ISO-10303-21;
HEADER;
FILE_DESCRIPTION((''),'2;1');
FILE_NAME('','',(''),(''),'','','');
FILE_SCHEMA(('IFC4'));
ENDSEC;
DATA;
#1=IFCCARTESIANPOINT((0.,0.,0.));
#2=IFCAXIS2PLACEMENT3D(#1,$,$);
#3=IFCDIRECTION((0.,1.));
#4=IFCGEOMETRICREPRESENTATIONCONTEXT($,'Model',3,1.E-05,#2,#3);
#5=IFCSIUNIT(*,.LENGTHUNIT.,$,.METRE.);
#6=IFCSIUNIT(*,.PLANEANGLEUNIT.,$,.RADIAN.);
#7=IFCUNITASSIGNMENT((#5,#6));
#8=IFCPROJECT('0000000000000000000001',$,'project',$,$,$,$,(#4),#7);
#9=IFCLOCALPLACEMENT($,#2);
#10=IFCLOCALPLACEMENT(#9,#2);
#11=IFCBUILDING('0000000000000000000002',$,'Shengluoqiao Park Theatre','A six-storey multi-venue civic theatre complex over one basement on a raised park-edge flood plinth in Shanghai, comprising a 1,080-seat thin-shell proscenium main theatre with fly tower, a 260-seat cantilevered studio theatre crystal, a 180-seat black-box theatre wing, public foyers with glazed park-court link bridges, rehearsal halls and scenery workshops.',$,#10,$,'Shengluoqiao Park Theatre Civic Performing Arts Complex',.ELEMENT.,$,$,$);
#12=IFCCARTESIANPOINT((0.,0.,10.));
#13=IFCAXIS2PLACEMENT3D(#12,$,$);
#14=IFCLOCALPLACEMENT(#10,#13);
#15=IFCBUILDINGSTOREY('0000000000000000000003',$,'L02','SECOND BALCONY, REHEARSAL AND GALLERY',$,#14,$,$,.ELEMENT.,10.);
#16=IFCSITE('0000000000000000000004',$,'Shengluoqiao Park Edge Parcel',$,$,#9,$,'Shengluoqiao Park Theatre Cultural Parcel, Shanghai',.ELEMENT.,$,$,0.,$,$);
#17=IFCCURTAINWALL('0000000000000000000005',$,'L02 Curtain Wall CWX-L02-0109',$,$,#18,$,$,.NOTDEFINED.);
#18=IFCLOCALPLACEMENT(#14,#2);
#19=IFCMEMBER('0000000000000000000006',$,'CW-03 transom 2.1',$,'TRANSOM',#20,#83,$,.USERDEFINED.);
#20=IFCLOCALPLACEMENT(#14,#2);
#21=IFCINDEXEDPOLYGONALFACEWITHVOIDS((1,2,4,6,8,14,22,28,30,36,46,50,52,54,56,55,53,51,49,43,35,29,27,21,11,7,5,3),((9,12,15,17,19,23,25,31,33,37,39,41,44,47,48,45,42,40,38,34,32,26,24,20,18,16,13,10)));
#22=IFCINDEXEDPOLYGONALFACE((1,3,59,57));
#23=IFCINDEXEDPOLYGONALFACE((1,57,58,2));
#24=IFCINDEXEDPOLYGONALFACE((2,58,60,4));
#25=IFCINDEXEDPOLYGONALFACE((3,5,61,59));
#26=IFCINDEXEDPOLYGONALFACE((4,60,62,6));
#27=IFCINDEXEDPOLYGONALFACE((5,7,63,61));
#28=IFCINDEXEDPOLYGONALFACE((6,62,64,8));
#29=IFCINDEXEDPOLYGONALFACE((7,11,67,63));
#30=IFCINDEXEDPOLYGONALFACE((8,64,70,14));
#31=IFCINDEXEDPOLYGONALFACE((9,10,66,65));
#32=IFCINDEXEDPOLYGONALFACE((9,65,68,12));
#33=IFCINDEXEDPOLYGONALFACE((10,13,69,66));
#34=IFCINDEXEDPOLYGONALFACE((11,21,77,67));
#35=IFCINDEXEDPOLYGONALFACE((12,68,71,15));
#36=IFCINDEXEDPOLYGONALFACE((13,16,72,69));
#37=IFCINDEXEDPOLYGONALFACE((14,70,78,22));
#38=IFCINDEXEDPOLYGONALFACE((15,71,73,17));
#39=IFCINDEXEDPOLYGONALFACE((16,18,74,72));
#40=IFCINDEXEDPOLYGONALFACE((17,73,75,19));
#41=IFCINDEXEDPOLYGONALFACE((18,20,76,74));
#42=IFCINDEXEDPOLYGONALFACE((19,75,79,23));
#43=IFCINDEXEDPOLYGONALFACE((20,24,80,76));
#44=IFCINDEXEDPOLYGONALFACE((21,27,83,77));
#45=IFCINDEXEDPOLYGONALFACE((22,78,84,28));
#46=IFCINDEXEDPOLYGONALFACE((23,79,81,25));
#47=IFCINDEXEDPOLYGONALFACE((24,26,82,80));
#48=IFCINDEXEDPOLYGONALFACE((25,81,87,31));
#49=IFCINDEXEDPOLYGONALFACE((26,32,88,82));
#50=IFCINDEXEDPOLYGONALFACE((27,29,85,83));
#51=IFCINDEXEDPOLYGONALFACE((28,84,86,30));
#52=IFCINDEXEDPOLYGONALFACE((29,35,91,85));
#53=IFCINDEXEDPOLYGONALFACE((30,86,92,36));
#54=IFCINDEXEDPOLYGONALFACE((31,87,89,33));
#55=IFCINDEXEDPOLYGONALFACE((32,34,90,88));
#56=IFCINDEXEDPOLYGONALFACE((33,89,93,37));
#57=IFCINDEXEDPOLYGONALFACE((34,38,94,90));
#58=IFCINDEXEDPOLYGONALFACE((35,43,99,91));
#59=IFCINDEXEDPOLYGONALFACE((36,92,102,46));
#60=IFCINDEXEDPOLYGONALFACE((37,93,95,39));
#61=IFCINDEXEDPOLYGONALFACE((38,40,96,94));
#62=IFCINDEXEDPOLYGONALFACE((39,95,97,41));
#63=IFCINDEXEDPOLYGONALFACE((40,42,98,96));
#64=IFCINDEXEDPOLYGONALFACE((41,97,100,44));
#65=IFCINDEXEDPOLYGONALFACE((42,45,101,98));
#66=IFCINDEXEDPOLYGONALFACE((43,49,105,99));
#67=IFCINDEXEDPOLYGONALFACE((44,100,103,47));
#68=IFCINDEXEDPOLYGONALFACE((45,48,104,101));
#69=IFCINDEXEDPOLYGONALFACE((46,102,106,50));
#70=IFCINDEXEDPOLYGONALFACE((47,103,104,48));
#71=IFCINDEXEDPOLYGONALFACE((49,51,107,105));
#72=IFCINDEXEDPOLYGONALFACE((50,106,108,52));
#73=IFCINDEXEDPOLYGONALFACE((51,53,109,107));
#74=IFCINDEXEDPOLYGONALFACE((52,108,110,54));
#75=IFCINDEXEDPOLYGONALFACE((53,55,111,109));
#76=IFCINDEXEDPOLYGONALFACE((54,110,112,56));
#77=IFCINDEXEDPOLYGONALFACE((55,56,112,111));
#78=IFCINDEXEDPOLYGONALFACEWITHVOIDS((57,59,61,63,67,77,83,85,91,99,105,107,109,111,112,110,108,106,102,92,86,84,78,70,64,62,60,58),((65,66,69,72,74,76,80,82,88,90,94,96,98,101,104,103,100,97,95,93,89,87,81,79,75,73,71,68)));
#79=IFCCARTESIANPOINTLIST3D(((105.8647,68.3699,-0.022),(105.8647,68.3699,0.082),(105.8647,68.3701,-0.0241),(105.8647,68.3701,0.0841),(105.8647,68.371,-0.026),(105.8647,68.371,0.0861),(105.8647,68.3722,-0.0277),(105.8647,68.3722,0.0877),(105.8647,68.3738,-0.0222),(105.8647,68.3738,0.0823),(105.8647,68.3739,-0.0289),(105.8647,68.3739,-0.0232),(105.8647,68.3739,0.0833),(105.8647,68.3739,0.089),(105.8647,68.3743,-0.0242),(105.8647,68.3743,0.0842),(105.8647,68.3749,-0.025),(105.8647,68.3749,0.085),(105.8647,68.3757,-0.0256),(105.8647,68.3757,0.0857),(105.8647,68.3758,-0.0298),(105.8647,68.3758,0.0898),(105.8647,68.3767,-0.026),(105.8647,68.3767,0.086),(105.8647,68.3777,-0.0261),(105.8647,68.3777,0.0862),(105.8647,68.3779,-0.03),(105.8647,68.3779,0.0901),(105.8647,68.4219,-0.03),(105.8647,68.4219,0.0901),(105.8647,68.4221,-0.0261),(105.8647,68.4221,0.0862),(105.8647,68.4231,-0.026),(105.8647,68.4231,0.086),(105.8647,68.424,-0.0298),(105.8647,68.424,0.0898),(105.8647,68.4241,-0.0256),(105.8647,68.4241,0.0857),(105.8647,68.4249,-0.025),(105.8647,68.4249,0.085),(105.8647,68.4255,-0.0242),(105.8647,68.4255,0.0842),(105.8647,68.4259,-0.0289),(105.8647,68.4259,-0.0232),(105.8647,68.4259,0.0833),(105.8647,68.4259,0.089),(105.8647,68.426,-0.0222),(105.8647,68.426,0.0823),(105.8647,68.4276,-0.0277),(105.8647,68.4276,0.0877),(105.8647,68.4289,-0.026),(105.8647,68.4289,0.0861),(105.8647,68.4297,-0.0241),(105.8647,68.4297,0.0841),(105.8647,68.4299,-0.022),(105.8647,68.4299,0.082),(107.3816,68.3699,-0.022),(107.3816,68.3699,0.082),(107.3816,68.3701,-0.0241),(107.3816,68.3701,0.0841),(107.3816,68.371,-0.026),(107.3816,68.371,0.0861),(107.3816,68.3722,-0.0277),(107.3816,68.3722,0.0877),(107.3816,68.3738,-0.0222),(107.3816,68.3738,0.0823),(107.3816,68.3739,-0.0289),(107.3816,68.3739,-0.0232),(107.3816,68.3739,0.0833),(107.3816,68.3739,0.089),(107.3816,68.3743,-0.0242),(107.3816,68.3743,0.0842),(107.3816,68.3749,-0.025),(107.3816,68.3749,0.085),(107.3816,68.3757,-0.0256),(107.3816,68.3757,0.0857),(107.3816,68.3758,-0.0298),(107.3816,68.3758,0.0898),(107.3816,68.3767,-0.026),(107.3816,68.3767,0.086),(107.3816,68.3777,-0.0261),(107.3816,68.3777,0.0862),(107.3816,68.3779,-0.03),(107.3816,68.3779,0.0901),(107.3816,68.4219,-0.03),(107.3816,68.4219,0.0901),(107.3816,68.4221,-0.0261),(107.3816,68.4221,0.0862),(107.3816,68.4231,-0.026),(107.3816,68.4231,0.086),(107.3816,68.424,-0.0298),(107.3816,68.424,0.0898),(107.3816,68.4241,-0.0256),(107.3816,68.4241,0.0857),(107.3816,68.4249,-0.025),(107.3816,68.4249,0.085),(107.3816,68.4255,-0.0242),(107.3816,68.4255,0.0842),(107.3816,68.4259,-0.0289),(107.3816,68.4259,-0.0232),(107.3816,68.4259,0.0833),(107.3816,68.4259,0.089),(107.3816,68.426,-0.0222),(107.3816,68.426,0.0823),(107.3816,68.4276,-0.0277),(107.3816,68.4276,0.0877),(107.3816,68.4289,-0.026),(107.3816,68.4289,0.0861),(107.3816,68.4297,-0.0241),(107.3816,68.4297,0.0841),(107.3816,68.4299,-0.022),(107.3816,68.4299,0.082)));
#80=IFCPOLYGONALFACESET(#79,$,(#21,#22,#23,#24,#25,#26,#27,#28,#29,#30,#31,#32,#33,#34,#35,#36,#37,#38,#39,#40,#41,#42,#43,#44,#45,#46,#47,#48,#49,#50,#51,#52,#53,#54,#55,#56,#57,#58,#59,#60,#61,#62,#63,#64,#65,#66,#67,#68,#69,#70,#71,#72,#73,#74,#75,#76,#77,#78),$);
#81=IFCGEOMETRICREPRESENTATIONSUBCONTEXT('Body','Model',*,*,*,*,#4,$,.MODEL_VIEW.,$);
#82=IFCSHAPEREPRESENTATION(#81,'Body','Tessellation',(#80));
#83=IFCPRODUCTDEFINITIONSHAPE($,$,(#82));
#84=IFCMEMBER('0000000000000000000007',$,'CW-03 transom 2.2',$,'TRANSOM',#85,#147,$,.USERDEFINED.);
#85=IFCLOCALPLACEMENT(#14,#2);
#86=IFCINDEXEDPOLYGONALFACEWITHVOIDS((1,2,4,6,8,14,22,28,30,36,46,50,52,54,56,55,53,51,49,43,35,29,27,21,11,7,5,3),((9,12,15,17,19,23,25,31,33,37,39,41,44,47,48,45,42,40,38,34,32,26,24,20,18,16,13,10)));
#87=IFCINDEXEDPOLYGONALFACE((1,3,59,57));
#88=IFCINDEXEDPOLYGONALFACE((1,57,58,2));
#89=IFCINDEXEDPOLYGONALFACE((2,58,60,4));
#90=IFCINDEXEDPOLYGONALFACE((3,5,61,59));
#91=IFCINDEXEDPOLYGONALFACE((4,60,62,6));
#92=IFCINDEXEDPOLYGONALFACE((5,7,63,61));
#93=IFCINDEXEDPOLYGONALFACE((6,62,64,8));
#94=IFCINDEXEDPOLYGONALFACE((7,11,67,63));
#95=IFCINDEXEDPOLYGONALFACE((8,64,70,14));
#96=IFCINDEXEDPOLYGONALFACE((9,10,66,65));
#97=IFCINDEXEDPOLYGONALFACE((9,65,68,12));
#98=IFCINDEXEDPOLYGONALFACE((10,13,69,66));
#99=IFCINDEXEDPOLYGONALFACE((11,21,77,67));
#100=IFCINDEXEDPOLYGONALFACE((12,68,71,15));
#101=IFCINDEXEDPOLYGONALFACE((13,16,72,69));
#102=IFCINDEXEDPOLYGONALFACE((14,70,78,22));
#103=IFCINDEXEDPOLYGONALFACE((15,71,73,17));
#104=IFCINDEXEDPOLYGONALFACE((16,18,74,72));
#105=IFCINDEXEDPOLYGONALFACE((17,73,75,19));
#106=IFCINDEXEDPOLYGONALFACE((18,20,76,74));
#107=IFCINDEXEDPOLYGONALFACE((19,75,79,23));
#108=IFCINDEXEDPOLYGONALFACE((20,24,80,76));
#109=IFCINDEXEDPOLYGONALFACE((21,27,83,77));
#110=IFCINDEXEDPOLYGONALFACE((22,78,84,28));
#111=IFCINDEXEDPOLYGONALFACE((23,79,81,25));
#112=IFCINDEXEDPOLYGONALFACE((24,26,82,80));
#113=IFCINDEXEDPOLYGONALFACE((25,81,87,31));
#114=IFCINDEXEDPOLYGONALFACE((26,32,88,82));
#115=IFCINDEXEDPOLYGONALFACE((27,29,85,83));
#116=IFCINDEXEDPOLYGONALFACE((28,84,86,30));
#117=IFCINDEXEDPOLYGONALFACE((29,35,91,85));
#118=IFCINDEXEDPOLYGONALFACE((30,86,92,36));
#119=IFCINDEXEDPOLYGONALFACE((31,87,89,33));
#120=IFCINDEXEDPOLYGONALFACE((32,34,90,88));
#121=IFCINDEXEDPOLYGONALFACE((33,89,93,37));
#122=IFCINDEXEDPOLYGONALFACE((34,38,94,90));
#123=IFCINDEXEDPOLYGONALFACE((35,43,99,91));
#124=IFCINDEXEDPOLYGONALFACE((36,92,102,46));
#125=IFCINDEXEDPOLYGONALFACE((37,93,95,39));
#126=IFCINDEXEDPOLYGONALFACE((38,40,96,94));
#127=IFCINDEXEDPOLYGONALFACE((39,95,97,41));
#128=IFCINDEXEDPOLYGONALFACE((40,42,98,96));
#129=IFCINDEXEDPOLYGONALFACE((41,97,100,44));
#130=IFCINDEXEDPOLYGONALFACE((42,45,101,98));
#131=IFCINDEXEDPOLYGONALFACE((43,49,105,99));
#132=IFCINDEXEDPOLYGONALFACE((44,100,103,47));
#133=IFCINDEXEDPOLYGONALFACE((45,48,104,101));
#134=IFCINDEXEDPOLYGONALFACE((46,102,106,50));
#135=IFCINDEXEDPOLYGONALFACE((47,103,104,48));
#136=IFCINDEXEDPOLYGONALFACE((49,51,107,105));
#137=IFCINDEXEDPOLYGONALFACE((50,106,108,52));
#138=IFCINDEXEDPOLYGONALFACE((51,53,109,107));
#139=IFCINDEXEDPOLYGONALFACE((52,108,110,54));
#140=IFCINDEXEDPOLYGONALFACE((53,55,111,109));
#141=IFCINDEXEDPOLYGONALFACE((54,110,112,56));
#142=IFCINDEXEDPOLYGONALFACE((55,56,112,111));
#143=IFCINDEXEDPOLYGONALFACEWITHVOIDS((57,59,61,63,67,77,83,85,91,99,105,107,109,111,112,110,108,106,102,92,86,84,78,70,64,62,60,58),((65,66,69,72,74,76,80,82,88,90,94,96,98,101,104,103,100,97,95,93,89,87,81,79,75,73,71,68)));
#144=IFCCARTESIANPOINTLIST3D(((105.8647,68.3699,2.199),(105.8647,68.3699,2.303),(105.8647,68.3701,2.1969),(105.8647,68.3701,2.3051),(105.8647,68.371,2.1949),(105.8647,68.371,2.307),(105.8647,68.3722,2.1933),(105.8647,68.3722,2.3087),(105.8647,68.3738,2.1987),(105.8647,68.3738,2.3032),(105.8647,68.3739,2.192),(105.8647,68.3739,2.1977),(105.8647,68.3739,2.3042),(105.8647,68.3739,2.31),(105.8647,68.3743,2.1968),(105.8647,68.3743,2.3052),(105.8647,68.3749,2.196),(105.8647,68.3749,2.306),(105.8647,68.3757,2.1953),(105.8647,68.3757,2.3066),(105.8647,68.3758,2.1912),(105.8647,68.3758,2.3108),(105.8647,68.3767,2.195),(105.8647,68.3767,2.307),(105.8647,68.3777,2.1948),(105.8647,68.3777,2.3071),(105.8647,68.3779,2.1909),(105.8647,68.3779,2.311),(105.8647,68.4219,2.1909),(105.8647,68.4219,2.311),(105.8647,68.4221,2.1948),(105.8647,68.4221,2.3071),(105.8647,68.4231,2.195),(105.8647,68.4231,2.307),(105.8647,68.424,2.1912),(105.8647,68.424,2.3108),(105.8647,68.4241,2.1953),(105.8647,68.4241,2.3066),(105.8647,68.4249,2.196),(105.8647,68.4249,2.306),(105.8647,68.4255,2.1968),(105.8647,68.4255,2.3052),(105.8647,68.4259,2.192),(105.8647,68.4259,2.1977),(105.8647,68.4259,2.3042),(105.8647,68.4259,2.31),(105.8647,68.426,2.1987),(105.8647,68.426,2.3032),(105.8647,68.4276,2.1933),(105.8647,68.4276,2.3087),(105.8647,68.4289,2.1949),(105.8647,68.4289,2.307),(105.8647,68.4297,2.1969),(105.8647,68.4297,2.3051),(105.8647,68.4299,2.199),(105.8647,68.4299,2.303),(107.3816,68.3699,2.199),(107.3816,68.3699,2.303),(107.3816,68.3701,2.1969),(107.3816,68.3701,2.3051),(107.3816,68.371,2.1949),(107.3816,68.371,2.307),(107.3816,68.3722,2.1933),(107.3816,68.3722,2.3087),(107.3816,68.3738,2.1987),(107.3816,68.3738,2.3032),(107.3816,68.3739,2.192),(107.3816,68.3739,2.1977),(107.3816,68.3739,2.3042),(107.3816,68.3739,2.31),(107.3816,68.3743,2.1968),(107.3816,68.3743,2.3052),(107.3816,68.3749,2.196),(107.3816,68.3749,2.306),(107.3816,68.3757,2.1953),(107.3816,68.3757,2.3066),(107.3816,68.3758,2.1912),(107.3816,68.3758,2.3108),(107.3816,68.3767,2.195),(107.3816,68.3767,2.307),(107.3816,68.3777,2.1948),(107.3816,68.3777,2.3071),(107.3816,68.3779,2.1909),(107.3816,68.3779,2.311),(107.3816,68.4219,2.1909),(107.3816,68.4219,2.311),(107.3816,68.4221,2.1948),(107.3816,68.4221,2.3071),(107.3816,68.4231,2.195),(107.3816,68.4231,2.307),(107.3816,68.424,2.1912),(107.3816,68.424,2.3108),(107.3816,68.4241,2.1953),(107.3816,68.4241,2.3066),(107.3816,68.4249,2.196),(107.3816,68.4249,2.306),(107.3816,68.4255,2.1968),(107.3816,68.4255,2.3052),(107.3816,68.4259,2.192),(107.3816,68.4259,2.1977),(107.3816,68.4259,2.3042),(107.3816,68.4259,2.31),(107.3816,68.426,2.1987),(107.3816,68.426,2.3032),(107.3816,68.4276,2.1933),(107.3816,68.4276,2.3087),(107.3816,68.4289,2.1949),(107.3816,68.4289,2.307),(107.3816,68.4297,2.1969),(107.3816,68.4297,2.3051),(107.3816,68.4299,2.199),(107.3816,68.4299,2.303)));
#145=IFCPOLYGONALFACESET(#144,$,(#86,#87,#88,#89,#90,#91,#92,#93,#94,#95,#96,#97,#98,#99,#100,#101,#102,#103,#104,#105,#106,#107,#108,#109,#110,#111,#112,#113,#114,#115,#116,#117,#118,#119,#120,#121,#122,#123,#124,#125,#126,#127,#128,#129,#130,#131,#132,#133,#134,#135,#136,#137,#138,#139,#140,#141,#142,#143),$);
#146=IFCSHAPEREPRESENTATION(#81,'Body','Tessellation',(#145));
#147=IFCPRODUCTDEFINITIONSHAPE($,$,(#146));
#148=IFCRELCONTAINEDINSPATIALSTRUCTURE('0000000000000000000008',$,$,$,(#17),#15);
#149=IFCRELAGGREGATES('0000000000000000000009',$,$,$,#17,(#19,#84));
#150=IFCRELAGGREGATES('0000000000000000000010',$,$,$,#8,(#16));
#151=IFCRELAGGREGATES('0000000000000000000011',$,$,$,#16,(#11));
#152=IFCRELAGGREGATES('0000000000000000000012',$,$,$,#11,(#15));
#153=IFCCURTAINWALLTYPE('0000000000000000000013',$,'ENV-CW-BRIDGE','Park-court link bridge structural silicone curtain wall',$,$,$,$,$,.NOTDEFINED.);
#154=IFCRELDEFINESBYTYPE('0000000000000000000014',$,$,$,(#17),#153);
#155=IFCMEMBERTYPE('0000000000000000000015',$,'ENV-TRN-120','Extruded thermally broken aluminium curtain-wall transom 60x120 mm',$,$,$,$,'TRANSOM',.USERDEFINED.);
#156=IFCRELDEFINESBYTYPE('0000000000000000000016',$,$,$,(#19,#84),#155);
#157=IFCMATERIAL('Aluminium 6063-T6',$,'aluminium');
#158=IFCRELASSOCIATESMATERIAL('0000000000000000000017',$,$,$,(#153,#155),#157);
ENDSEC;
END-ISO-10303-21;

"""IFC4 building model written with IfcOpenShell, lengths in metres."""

from ifc_helpers import new_model, si_unit, direction, frame, origin, origin_2d, place, context, subcontext, project, spatial, hollow_rectangle, extrude, material, material_profile, profile_set, type_object, element, aggregate, save


model = new_model("IFC4")

# Units and contexts
model_context = context("Model", 3, precision=1e-05, world=origin(), true_north=direction((0.0, 1.0)))
body_context = subcontext(model_context, "Body", "Model", "MODEL_VIEW")
ifc_project = project(units=[si_unit("LENGTHUNIT", "METRE"), si_unit("PLANEANGLEUNIT", "RADIAN")], contexts=[model_context])

# Site, building, storey
site_placement = place(None, origin())
site = spatial("IfcSite", under=ifc_project, at=site_placement, Name="Shengluoqiao Park Edge Parcel", LongName="Shengluoqiao Park Theatre Cultural Parcel, Shanghai", CompositionType="ELEMENT", RefElevation=0.0)
building_placement = place(site_placement, origin())
building = spatial("IfcBuilding", under=site, at=building_placement, Name="Shengluoqiao Park Theatre", Description="A six-storey multi-venue civic theatre complex over one basement on a raised park-edge flood plinth in Shanghai, comprising a 1,080-seat thin-shell proscenium main theatre with fly tower, a 260-seat cantilevered studio theatre crystal, a 180-seat black-box theatre wing, public foyers with glazed park-court link bridges, rehearsal halls and scenery workshops.", LongName="Shengluoqiao Park Theatre Civic Performing Arts Complex", CompositionType="ELEMENT")
storey_placement = place(building_placement, frame((0.0, 0.0, 10.0)))
storey = spatial("IfcBuildingStorey", under=building, at=storey_placement, Name="L02", Description="SECOND BALCONY, REHEARSAL AND GALLERY", CompositionType="ELEMENT", Elevation=10.0)

# Curtain wall, members
ifc_material_1 = material(Name="Aluminium 6063-T6", Category="aluminium")
curtain_wall_type = type_object("IfcCurtainWallType", Name="ENV-CW-BRIDGE", Description="Park-court link bridge structural silicone curtain wall", PredefinedType="NOTDEFINED", material=ifc_material_1)
curtain_wall_placement = place(storey_placement, origin())
curtain_wall = element("IfcCurtainWall", 1, at=curtain_wall_placement, inside=storey, type_object=curtain_wall_type, Name="L02 Curtain Wall CWX-L02-0109", PredefinedType="NOTDEFINED")
ifc_material_profile_1 = material_profile(ifc_material_1, hollow_rectangle(XDim=0.0601, YDim=0.1201, WallThickness=0.0039, InnerFilletRadius=0.0039, OuterFilletRadius=0.0081, at=origin_2d()), Name="ALU TRANSOM 120x60x4")
ifc_profile_set_1 = profile_set([ifc_material_profile_1], Name="Aluminium 6063-T6")
member_type_1 = type_object("IfcMemberType", Name="ENV-TRN-120", Description="Extruded thermally broken aluminium curtain-wall transom 60x120 mm", ElementType="TRANSOM", PredefinedType="USERDEFINED", material=ifc_profile_set_1)
member_1_placement = place(storey_placement, frame((105.8647, 68.3999, 0.03), z_axis=(1.0, 0.0, 0.0), x_axis=(0.0, 1.0, 0.0)))
member_1 = element("IfcMember", 2, at=member_1_placement, type_object=member_type_1, Name="CW-03 transom 2.1", ObjectType="TRANSOM", PredefinedType="USERDEFINED", context=body_context, shape_type="SweptSolid", body=[
    extrude(hollow_rectangle(XDim=0.0601, YDim=0.1201, WallThickness=0.0039, InnerFilletRadius=0.0039, OuterFilletRadius=0.0081, at=origin_2d()), origin(), (0.0, 0.0, 1.0), 1.5168),
])
member_2_placement = place(storey_placement, frame((105.8647, 68.3999, 2.251), z_axis=(1.0, 0.0, 0.0), x_axis=(0.0, 1.0, 0.0)))
member_2 = element("IfcMember", 3, at=member_2_placement, type_object=member_type_1, Name="CW-03 transom 2.2", ObjectType="TRANSOM", PredefinedType="USERDEFINED", context=body_context, shape_type="SweptSolid", body=[
    extrude(hollow_rectangle(XDim=0.0601, YDim=0.1201, WallThickness=0.0039, InnerFilletRadius=0.0039, OuterFilletRadius=0.0081, at=origin_2d()), origin(), (0.0, 0.0, 1.0), 1.5168),
])
aggregate(curtain_wall, [member_1, member_2])

save(model, "model.ifc")
